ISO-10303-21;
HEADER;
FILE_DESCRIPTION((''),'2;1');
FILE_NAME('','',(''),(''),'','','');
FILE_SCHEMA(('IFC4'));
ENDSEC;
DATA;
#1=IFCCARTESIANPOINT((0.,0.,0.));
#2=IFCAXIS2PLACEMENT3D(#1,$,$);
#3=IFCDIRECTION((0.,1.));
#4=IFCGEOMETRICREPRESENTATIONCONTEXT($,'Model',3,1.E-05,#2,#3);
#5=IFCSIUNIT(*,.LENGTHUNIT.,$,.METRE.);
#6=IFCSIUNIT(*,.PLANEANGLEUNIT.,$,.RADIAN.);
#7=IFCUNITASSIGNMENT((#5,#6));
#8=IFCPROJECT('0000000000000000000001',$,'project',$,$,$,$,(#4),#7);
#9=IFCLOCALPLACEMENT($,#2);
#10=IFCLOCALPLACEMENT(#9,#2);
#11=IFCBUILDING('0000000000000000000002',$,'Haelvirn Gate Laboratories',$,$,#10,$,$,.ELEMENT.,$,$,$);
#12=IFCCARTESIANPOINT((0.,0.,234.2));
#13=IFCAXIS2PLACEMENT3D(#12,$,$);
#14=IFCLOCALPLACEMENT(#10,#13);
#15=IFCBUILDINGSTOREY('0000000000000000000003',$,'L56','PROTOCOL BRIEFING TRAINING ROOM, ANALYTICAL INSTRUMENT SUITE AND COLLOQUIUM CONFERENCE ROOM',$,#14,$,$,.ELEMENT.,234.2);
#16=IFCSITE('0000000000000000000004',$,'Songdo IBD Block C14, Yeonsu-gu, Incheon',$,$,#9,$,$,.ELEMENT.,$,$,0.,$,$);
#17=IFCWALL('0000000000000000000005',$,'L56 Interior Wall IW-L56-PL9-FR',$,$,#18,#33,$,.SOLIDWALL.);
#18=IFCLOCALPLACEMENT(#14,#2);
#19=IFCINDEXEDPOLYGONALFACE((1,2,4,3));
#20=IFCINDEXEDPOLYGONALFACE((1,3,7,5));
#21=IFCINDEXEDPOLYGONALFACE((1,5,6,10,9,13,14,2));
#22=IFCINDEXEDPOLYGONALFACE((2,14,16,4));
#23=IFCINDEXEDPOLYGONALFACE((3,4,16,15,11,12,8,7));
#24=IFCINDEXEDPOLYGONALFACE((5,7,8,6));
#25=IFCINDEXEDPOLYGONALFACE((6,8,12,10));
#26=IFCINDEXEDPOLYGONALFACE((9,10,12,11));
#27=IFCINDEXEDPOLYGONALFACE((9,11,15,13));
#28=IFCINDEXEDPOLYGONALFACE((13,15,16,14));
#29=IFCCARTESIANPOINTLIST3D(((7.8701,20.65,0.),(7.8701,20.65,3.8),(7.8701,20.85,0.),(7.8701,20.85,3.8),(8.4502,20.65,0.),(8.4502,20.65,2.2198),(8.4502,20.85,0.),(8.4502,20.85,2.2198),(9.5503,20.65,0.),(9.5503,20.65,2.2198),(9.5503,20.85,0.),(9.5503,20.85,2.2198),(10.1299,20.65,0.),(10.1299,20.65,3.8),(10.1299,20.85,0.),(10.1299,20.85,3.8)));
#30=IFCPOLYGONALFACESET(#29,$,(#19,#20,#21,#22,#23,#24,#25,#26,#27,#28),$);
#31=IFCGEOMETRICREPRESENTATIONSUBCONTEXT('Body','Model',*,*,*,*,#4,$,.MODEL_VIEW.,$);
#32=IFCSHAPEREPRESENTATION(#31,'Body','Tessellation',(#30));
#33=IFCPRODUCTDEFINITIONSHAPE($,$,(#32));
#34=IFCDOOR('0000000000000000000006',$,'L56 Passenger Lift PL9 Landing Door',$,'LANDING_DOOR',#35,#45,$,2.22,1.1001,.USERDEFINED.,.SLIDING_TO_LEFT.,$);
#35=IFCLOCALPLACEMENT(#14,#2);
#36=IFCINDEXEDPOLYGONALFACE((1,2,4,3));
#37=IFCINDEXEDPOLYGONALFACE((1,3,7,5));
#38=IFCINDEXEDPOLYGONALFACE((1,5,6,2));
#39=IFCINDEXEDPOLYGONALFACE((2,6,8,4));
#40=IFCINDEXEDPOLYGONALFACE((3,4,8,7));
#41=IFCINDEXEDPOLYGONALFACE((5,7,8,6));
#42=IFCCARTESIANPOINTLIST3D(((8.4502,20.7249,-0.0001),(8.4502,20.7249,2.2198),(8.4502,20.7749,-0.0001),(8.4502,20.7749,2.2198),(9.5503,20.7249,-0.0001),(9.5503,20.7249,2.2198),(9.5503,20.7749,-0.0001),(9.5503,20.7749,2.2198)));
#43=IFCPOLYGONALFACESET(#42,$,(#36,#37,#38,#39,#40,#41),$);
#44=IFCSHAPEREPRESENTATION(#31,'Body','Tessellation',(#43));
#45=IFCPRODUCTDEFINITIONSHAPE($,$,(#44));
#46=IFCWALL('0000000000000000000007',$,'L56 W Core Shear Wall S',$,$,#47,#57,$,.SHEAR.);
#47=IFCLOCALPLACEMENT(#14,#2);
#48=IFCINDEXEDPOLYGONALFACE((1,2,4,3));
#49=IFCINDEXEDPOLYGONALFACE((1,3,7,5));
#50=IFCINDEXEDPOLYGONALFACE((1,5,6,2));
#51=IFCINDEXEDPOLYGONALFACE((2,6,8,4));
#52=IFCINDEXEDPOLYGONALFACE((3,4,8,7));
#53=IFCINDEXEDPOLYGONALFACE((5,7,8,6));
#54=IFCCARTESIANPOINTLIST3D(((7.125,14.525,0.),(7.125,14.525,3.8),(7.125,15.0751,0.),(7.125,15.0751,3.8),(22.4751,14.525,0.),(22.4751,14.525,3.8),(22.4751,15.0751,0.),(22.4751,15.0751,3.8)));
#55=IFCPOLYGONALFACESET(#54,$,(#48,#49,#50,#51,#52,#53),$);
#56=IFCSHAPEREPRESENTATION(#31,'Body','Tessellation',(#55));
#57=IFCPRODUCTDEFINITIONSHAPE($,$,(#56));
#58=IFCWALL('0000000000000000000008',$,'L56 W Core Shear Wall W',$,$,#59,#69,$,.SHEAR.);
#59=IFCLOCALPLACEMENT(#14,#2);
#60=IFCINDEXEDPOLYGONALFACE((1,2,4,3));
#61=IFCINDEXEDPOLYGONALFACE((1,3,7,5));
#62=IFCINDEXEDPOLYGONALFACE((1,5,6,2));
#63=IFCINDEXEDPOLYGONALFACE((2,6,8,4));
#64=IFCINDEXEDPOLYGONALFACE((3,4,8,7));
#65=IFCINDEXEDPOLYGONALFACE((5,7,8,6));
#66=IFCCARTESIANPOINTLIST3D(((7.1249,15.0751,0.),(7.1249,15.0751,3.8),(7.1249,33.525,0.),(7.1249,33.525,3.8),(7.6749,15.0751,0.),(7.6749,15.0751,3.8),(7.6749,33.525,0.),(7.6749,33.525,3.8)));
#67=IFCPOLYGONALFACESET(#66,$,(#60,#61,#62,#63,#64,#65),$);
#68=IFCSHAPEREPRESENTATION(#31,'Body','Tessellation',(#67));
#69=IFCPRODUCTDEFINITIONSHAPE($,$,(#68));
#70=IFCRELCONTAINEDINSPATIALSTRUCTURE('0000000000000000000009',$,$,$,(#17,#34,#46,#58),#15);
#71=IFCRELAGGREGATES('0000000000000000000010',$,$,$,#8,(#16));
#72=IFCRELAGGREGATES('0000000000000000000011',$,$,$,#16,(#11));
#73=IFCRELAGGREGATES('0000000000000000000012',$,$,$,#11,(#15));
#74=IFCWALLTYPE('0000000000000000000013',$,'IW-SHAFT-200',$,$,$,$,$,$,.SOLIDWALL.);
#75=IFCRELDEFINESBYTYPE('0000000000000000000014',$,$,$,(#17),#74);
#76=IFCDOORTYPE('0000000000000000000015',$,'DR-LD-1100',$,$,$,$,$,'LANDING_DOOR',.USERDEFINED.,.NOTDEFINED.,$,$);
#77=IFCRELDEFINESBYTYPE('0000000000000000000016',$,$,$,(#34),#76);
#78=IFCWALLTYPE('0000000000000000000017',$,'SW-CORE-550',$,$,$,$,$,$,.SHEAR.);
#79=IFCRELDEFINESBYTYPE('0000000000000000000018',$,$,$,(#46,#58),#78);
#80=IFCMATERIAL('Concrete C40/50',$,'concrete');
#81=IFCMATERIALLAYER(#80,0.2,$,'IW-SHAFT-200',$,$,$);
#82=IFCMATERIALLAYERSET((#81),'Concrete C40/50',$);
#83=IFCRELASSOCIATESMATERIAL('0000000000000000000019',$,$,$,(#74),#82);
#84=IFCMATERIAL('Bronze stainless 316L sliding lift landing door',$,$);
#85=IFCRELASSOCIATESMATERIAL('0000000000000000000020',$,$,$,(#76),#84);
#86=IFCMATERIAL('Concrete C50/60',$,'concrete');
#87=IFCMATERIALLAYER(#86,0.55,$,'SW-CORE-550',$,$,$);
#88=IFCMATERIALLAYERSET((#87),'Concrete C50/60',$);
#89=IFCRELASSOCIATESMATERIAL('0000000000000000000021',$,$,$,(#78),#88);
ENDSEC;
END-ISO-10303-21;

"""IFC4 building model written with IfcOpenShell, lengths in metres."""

from ifc_helpers import new_model, si_unit, direction, frame, frame_2d, origin, place, context, subcontext, project, spatial, rectangle, extrude, source, transform, mapped, material, layer, layer_set, type_object, type_shapes, element, fill, save


model = new_model("IFC4")

# Units and contexts
model_context = context("Model", 3, precision=1e-05, world=origin(), true_north=direction((0.0, 1.0)))
body_context = subcontext(model_context, "Body", "Model", "MODEL_VIEW")
ifc_project = project(units=[si_unit("LENGTHUNIT", "METRE"), si_unit("PLANEANGLEUNIT", "RADIAN")], contexts=[model_context])

# Site, building, storey
site_placement = place(None, origin())
site = spatial("IfcSite", under=ifc_project, at=site_placement, Name="Songdo IBD Block C14, Yeonsu-gu, Incheon", CompositionType="ELEMENT", RefElevation=0.0)
building_placement = place(site_placement, origin())
building = spatial("IfcBuilding", under=site, at=building_placement, Name="Haelvirn Gate Laboratories", CompositionType="ELEMENT")
storey_placement = place(building_placement, frame((0.0, 0.0, 234.2)))
storey = spatial("IfcBuildingStorey", under=building, at=storey_placement, Name="L56", Description="PROTOCOL BRIEFING TRAINING ROOM, ANALYTICAL INSTRUMENT SUITE AND COLLOQUIUM CONFERENCE ROOM", CompositionType="ELEMENT", Elevation=234.2)

# Shared definitions
ifc_material_1 = material(Name="Concrete C50/60", Category="concrete")

# Shared definitions
ifc_material_2 = material(Name="Concrete C40/50", Category="concrete")

# Wall, opening, door
ifc_layer_1 = layer(ifc_material_2, 0.2, Name="IW-SHAFT-200")
ifc_layer_set_1 = layer_set([ifc_layer_1], Name="Concrete C40/50")
wall_type_1 = type_object("IfcWallType", Name="IW-SHAFT-200", PredefinedType="SOLIDWALL", material=ifc_layer_set_1)
wall_1_placement = place(storey_placement, frame((7.8701, 20.75, 0.0), z_axis=(0.0, 0.0, 1.0), x_axis=(1.0, 0.0, 0.0)))
wall_1 = element("IfcWall", 1, at=wall_1_placement, inside=storey, type_object=wall_type_1, Name="L56 Interior Wall IW-L56-PL9-FR", PredefinedType="SOLIDWALL", context=body_context, shape_type="SweptSolid", body=[
    extrude(rectangle(XDim=2.2598, YDim=0.2, at=frame_2d((1.1299, 0.0))), origin(), (0.0, 0.0, 1.0), 3.8),
])
opening_1_placement = place(wall_1_placement, frame((0.5801, 0.0, 0.0)))
opening_1 = element("IfcOpeningElement", 2, at=opening_1_placement, cuts=wall_1, PredefinedType="OPENING", context=body_context, shape_type="SweptSolid", body=[
    extrude(rectangle(XDim=1.1001, YDim=2.22, at=frame_2d((0.55, 1.1099))), frame((0.0, 0.1099, 0.0), z_axis=(0.0, -1.0, 0.0), x_axis=(1.0, 0.0, 0.0)), (0.0, 0.0, 1.0), 0.22),
])
ifc_material_3 = material(Name="Bronze stainless 316L sliding lift landing door")
door_type_1 = type_object("IfcDoorType", Name="DR-LD-1100", ElementType="LANDING_DOOR", OperationType="NOTDEFINED", PredefinedType="USERDEFINED", material=ifc_material_3)
shared_shape_1 = source(origin(), body_context, "Body", "SweptSolid", [
    extrude(rectangle(XDim=1.1001, YDim=2.22, at=frame_2d((0.55, 1.1099))), frame((0.0, 0.0249, 0.0), z_axis=(0.0, -1.0, 0.0), x_axis=(1.0, 0.0, 0.0)), (0.0, 0.0, 1.0), 0.05),
])
type_shapes(door_type_1, [shared_shape_1])
door_1_placement = place(opening_1_placement, origin())
door_1 = element("IfcDoor", 3, at=door_1_placement, inside=storey, type_object=door_type_1, Name="L56 Passenger Lift PL9 Landing Door", ObjectType="LANDING_DOOR", OperationType="SLIDING_TO_LEFT", OverallHeight=2.22, OverallWidth=1.1001, PredefinedType="USERDEFINED", context=body_context, shape_type="MappedRepresentation", body=[
    mapped(shared_shape_1, transform((0.0, 0.0, 0.0), scale=1.0)),
])
fill(opening_1, door_1)

# Walls
ifc_layer_2 = layer(ifc_material_1, 0.55, Name="SW-CORE-550")
ifc_layer_set_2 = layer_set([ifc_layer_2], Name="Concrete C50/60")
wall_type_2 = type_object("IfcWallType", Name="SW-CORE-550", PredefinedType="SHEAR", material=ifc_layer_set_2)
wall_2_placement = place(storey_placement, frame((7.125, 14.8, 0.0), z_axis=(0.0, 0.0, 1.0), x_axis=(1.0, 0.0, 0.0)))
element("IfcWall", 4, at=wall_2_placement, inside=storey, type_object=wall_type_2, Name="L56 W Core Shear Wall S", PredefinedType="SHEAR", context=body_context, shape_type="SweptSolid", body=[
    extrude(rectangle(XDim=15.3501, YDim=0.55, at=frame_2d((7.675, 0.0))), origin(), (0.0, 0.0, 1.0), 3.8),
])
wall_3_placement = place(storey_placement, frame((7.3999, 15.075, 0.0), z_axis=(0.0, 0.0, 1.0), x_axis=(0.0, 1.0, 0.0)))
element("IfcWall", 5, at=wall_3_placement, inside=storey, type_object=wall_type_2, Name="L56 W Core Shear Wall W", PredefinedType="SHEAR", context=body_context, shape_type="SweptSolid", body=[
    extrude(rectangle(XDim=18.45, YDim=0.55, at=frame_2d((9.2251, 0.0))), origin(), (0.0, 0.0, 1.0), 3.8),
])

save(model, "model.ifc")
